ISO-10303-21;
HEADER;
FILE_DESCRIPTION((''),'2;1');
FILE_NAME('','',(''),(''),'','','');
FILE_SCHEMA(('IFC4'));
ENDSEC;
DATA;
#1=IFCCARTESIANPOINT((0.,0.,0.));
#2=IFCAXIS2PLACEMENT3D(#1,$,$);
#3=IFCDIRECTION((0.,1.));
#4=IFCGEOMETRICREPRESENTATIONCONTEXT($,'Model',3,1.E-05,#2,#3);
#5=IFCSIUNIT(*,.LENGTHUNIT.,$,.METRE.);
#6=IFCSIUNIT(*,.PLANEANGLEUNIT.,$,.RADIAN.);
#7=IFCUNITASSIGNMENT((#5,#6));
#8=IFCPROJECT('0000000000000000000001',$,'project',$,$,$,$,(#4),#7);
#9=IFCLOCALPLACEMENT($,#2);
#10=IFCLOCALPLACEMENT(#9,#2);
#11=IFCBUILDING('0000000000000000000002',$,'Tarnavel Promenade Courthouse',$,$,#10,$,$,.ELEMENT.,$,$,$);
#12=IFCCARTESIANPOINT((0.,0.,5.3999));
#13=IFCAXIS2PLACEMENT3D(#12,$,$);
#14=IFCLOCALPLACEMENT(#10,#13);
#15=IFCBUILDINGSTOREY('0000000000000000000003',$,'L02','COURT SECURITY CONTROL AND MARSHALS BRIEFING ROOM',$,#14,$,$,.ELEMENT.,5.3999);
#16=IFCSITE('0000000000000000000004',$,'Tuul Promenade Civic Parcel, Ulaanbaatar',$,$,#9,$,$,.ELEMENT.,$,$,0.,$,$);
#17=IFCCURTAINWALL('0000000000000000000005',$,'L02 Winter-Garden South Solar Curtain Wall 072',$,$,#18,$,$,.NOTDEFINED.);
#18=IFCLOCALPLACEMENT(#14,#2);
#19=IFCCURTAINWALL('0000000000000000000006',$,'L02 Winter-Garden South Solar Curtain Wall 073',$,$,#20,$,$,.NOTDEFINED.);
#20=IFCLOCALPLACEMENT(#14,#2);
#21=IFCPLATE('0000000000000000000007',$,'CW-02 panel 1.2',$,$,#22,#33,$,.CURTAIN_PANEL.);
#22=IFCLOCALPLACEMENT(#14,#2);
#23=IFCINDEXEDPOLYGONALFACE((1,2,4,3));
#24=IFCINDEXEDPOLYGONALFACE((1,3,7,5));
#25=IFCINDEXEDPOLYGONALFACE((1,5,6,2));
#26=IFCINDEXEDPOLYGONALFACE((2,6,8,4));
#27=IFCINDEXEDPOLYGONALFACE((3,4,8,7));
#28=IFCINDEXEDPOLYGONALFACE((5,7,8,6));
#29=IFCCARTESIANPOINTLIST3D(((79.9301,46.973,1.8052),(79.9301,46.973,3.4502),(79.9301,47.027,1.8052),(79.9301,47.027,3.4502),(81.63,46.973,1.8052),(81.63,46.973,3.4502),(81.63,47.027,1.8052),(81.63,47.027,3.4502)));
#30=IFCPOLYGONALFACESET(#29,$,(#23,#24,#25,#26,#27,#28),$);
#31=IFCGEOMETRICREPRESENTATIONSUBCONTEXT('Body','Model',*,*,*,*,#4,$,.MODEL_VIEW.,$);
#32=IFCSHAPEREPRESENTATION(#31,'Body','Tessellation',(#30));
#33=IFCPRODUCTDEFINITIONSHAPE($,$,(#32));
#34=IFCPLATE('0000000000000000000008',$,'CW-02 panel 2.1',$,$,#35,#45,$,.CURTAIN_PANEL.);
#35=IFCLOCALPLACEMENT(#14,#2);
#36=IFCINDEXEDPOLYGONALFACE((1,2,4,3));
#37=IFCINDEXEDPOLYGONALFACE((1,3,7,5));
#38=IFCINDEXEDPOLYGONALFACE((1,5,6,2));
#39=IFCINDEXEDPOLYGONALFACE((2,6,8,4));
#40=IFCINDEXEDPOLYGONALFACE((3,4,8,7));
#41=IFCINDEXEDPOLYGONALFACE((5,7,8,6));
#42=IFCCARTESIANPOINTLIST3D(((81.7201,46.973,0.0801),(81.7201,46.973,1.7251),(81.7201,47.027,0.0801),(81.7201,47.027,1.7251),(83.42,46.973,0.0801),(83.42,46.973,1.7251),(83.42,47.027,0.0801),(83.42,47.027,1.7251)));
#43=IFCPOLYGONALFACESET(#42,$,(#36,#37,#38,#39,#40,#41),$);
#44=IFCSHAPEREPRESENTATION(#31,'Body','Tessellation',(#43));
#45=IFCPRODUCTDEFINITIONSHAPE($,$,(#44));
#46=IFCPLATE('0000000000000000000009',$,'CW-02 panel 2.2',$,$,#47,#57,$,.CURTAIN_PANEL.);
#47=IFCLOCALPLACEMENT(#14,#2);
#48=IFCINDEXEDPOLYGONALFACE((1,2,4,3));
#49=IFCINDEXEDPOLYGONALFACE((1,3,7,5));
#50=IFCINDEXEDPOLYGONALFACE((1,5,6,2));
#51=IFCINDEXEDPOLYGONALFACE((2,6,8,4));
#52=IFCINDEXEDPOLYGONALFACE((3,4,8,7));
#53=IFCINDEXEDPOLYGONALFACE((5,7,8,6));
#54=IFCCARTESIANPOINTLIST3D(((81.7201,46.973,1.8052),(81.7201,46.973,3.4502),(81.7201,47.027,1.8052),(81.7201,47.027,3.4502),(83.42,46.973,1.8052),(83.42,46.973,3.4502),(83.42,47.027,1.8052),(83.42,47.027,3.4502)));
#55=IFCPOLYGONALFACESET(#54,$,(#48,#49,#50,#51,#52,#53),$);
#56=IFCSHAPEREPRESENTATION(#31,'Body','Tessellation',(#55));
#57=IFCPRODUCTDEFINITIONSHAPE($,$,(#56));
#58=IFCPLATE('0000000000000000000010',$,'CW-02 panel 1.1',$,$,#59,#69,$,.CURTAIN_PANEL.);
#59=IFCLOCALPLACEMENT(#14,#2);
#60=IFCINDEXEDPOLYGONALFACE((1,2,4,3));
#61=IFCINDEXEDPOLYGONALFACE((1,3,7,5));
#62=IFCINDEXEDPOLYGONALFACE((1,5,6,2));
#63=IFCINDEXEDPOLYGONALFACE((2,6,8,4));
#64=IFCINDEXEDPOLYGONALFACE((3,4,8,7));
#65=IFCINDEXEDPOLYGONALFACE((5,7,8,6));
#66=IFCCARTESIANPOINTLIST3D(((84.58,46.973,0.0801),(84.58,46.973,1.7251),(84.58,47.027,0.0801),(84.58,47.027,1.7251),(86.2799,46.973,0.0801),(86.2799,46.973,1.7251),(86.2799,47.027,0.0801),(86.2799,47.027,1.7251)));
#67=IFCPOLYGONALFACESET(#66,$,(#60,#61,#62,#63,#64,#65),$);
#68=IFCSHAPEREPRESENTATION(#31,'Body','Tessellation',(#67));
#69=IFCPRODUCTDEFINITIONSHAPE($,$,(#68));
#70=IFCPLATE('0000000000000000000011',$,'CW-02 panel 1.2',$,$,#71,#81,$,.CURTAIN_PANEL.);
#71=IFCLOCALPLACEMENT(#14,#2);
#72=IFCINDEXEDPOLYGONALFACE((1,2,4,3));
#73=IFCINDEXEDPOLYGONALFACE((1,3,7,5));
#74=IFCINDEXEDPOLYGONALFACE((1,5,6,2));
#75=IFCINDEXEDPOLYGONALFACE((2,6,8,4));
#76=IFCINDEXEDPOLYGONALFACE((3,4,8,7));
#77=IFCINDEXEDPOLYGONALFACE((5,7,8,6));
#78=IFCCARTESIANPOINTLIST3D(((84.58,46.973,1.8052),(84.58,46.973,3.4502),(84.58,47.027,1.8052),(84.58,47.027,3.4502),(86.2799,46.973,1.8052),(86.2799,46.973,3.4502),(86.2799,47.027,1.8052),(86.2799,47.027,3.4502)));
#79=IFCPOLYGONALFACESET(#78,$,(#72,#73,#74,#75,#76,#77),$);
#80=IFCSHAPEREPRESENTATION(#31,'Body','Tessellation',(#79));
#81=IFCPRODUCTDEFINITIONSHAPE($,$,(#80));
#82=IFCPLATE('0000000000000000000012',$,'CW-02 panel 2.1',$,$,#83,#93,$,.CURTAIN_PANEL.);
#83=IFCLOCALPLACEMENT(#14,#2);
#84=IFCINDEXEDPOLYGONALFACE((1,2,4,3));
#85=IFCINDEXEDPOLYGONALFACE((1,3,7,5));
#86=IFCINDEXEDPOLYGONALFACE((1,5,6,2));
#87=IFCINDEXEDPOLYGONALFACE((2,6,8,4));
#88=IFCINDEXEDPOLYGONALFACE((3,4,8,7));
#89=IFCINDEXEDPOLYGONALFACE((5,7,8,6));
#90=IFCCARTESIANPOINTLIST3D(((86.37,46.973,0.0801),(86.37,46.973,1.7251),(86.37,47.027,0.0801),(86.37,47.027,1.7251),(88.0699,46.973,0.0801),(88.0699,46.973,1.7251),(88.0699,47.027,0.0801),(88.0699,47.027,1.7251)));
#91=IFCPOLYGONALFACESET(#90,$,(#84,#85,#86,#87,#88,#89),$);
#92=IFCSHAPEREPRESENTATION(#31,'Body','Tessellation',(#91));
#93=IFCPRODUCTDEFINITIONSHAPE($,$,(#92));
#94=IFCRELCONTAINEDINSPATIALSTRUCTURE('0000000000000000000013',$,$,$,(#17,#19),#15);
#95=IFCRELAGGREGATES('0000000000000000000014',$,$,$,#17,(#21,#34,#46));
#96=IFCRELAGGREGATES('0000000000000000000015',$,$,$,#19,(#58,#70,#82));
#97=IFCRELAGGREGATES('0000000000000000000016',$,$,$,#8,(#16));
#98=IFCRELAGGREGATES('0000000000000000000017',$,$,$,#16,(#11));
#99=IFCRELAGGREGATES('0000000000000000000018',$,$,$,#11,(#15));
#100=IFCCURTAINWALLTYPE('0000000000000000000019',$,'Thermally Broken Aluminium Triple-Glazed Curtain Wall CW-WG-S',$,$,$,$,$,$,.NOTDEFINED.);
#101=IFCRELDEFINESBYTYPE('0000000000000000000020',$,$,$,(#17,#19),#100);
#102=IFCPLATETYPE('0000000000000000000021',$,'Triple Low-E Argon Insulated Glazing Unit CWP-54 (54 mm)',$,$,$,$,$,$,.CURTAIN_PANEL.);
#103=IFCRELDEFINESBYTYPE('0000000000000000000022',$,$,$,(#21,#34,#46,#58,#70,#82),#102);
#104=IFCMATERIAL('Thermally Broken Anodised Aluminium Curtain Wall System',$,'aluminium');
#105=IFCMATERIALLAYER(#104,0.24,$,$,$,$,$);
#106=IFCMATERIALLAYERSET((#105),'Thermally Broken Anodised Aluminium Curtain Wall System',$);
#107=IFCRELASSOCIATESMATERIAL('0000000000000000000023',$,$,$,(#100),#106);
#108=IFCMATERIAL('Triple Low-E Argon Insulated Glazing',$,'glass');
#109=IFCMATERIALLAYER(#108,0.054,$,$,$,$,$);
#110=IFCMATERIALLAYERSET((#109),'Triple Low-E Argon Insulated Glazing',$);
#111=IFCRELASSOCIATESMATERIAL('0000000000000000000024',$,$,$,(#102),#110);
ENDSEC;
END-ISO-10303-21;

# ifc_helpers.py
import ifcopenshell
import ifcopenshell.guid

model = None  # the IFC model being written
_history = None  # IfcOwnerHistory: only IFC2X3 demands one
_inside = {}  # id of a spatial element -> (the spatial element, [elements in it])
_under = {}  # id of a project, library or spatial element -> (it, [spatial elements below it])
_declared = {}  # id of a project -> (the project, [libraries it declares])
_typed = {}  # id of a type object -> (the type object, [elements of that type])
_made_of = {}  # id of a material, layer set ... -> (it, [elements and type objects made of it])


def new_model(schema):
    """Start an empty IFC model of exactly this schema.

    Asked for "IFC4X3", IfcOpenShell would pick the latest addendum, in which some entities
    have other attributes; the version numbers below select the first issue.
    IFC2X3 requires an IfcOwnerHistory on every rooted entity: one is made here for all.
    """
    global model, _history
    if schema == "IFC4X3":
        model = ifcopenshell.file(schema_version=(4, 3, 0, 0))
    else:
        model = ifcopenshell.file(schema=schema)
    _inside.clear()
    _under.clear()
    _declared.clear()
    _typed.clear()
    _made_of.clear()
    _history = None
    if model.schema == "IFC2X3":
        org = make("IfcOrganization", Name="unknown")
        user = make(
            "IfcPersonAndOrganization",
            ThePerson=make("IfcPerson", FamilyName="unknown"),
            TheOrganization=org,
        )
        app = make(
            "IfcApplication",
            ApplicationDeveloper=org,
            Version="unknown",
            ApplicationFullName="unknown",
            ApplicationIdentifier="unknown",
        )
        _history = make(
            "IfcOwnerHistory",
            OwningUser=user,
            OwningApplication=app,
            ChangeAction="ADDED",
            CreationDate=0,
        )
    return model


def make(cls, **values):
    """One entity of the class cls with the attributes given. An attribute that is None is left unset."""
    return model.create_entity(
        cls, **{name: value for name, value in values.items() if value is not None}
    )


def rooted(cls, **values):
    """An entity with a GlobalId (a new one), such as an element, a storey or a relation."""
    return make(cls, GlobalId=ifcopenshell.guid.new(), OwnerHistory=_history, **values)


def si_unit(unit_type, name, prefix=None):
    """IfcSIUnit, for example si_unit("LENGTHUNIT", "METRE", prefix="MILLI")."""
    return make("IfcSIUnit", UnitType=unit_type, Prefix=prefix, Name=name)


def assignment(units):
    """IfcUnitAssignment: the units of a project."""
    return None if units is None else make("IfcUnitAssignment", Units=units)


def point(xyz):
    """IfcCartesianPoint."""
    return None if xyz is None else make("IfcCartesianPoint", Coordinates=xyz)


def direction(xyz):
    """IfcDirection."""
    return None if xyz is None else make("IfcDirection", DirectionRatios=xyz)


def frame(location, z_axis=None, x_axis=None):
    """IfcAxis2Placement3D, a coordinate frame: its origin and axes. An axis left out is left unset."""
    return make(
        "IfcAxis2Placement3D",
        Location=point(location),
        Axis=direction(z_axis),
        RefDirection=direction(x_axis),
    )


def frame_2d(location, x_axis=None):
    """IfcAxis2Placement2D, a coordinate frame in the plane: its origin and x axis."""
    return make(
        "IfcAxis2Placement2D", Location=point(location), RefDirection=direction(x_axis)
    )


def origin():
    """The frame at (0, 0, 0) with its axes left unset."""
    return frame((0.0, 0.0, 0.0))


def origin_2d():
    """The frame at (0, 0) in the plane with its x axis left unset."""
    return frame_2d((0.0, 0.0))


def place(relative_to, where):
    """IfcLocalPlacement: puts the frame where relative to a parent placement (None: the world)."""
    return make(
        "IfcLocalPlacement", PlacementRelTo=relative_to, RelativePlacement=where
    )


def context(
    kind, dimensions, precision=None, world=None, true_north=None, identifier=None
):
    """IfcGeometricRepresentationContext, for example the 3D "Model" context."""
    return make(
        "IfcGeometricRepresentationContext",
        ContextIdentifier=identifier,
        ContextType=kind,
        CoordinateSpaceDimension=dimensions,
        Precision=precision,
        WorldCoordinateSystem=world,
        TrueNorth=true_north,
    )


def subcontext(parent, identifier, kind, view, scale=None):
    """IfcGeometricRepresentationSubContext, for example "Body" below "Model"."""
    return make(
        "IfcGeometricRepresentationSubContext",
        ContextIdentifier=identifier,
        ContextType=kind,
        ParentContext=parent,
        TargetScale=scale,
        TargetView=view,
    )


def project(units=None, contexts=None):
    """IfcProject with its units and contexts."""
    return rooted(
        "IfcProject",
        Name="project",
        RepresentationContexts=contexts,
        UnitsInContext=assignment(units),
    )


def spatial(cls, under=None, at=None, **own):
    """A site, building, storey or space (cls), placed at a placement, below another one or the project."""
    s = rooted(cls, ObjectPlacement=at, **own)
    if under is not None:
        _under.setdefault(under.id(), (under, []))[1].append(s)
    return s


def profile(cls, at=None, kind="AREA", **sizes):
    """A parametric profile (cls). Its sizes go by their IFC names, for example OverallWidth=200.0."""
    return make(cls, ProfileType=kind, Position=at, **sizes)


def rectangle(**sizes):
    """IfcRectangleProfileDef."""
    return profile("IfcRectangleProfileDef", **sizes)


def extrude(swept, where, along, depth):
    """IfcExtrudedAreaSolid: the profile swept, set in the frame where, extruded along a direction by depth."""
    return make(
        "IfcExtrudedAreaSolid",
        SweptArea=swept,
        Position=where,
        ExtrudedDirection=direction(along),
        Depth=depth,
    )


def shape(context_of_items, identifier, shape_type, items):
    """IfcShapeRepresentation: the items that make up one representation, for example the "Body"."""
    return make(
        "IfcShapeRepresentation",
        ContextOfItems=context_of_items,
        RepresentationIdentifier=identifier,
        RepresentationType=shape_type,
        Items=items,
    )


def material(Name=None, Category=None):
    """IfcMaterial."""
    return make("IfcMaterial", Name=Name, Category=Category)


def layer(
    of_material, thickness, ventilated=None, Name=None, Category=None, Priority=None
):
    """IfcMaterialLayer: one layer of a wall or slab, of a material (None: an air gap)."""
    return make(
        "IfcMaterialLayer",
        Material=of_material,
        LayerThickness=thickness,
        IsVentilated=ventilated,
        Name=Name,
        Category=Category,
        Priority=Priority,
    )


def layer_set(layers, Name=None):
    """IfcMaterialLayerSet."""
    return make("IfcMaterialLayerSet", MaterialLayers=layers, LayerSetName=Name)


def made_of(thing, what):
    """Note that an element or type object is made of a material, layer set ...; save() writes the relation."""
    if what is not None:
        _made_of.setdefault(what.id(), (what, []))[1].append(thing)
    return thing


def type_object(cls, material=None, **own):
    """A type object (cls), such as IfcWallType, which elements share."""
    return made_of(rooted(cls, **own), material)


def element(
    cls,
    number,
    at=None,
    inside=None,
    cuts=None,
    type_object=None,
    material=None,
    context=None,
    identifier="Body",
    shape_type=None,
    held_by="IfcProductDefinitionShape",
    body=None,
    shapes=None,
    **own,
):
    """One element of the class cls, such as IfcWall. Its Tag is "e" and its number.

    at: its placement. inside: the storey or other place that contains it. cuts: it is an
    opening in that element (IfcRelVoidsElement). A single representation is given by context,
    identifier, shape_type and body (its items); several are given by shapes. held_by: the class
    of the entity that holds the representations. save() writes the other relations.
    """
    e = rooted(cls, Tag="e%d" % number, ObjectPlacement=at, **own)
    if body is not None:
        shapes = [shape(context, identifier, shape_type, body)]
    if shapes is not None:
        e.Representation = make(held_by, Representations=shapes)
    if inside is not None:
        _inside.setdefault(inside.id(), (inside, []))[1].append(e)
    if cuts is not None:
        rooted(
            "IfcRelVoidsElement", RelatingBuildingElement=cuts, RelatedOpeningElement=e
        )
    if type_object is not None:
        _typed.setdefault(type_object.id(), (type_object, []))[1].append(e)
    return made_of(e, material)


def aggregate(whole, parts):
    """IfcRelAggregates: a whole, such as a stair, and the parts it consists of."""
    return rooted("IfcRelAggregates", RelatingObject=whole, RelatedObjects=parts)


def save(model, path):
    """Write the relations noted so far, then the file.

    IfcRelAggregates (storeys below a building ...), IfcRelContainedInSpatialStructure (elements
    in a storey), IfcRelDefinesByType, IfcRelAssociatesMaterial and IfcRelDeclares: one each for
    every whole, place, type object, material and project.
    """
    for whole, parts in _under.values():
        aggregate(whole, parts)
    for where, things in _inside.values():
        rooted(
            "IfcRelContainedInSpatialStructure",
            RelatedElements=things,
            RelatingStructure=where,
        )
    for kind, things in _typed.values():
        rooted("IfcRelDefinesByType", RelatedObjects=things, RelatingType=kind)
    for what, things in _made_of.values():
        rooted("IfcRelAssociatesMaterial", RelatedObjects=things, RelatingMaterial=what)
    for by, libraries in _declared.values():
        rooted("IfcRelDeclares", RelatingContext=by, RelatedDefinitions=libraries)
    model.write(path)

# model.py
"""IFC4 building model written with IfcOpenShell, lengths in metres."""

from ifc_helpers import new_model, si_unit, direction, frame, origin, origin_2d, place, context, subcontext, project, spatial, rectangle, extrude, material, layer, layer_set, type_object, element, aggregate, save


model = new_model("IFC4")

# Units and contexts
model_context = context("Model", 3, precision=1e-05, world=origin(), true_north=direction((0.0, 1.0)))
body_context = subcontext(model_context, "Body", "Model", "MODEL_VIEW")
ifc_project = project(units=[si_unit("LENGTHUNIT", "METRE"), si_unit("PLANEANGLEUNIT", "RADIAN")], contexts=[model_context])

# Site, building, storey
site_placement = place(None, origin())
site = spatial("IfcSite", under=ifc_project, at=site_placement, Name="Tuul Promenade Civic Parcel, Ulaanbaatar", CompositionType="ELEMENT", RefElevation=0.0)
building_placement = place(site_placement, origin())
building = spatial("IfcBuilding", under=site, at=building_placement, Name="Tarnavel Promenade Courthouse", CompositionType="ELEMENT")
storey_placement = place(building_placement, frame((0.0, 0.0, 5.3999)))
storey = spatial("IfcBuildingStorey", under=building, at=storey_placement, Name="L02", Description="COURT SECURITY CONTROL AND MARSHALS BRIEFING ROOM", CompositionType="ELEMENT", Elevation=5.3999)

# Curtain walls
ifc_material_1 = material(Name="Thermally Broken Anodised Aluminium Curtain Wall System", Category="aluminium")
ifc_layer_1 = layer(ifc_material_1, 0.24)
ifc_layer_set_1 = layer_set([ifc_layer_1], Name="Thermally Broken Anodised Aluminium Curtain Wall System")
curtain_wall_type = type_object("IfcCurtainWallType", Name="Thermally Broken Aluminium Triple-Glazed Curtain Wall CW-WG-S", PredefinedType="NOTDEFINED", material=ifc_layer_set_1)
curtain_wall_1_placement = place(storey_placement, origin())
curtain_wall_1 = element("IfcCurtainWall", 1, at=curtain_wall_1_placement, inside=storey, type_object=curtain_wall_type, Name="L02 Winter-Garden South Solar Curtain Wall 072", PredefinedType="NOTDEFINED")
curtain_wall_2_placement = place(storey_placement, origin())
curtain_wall_2 = element("IfcCurtainWall", 2, at=curtain_wall_2_placement, inside=storey, type_object=curtain_wall_type, Name="L02 Winter-Garden South Solar Curtain Wall 073", PredefinedType="NOTDEFINED")

# Plates
ifc_material_2 = material(Name="Triple Low-E Argon Insulated Glazing", Category="glass")
ifc_layer_2 = layer(ifc_material_2, 0.054)
ifc_layer_set_2 = layer_set([ifc_layer_2], Name="Triple Low-E Argon Insulated Glazing")
plate_type = type_object("IfcPlateType", Name="Triple Low-E Argon Insulated Glazing Unit CWP-54 (54 mm)", PredefinedType="CURTAIN_PANEL", material=ifc_layer_set_2)
plate_1_placement = place(storey_placement, frame((80.78, 47.0, 1.8052), z_axis=(0.0, 0.0, 1.0), x_axis=(1.0, 0.0, 0.0)))
plate_1 = element("IfcPlate", 3, at=plate_1_placement, type_object=plate_type, Name="CW-02 panel 1.2", PredefinedType="CURTAIN_PANEL", context=body_context, shape_type="SweptSolid", body=[
    extrude(rectangle(XDim=1.7, YDim=0.054, at=origin_2d()), origin(), (0.0, 0.0, 1.0), 1.645),
])
plate_2_placement = place(storey_placement, frame((82.5701, 47.0, 0.0801), z_axis=(0.0, 0.0, 1.0), x_axis=(1.0, 0.0, 0.0)))
plate_2 = element("IfcPlate", 4, at=plate_2_placement, type_object=plate_type, Name="CW-02 panel 2.1", PredefinedType="CURTAIN_PANEL", context=body_context, shape_type="SweptSolid", body=[
    extrude(rectangle(XDim=1.7, YDim=0.054, at=origin_2d()), origin(), (0.0, 0.0, 1.0), 1.645),
])
plate_3_placement = place(storey_placement, frame((82.5701, 47.0, 1.8052), z_axis=(0.0, 0.0, 1.0), x_axis=(1.0, 0.0, 0.0)))
plate_3 = element("IfcPlate", 5, at=plate_3_placement, type_object=plate_type, Name="CW-02 panel 2.2", PredefinedType="CURTAIN_PANEL", context=body_context, shape_type="SweptSolid", body=[
    extrude(rectangle(XDim=1.7, YDim=0.054, at=origin_2d()), origin(), (0.0, 0.0, 1.0), 1.645),
])
aggregate(curtain_wall_1, [plate_1, plate_2, plate_3])
plate_4_placement = place(storey_placement, frame((85.4299, 47.0, 0.0801), z_axis=(0.0, 0.0, 1.0), x_axis=(1.0, 0.0, 0.0)))
plate_4 = element("IfcPlate", 6, at=plate_4_placement, type_object=plate_type, Name="CW-02 panel 1.1", PredefinedType="CURTAIN_PANEL", context=body_context, shape_type="SweptSolid", body=[
    extrude(rectangle(XDim=1.7, YDim=0.054, at=origin_2d()), origin(), (0.0, 0.0, 1.0), 1.645),
])
plate_5_placement = place(storey_placement, frame((85.4299, 47.0, 1.8052), z_axis=(0.0, 0.0, 1.0), x_axis=(1.0, 0.0, 0.0)))
plate_5 = element("IfcPlate", 7, at=plate_5_placement, type_object=plate_type, Name="CW-02 panel 1.2", PredefinedType="CURTAIN_PANEL", context=body_context, shape_type="SweptSolid", body=[
    extrude(rectangle(XDim=1.7, YDim=0.054, at=origin_2d()), origin(), (0.0, 0.0, 1.0), 1.645),
])
plate_6_placement = place(storey_placement, frame((87.22, 47.0, 0.0801), z_axis=(0.0, 0.0, 1.0), x_axis=(1.0, 0.0, 0.0)))
plate_6 = element("IfcPlate", 8, at=plate_6_placement, type_object=plate_type, Name="CW-02 panel 2.1", PredefinedType="CURTAIN_PANEL", context=body_context, shape_type="SweptSolid", body=[
    extrude(rectangle(XDim=1.7, YDim=0.054, at=origin_2d()), origin(), (0.0, 0.0, 1.0), 1.645),
])
aggregate(curtain_wall_2, [plate_4, plate_5, plate_6])

save(model, "model.ifc")
